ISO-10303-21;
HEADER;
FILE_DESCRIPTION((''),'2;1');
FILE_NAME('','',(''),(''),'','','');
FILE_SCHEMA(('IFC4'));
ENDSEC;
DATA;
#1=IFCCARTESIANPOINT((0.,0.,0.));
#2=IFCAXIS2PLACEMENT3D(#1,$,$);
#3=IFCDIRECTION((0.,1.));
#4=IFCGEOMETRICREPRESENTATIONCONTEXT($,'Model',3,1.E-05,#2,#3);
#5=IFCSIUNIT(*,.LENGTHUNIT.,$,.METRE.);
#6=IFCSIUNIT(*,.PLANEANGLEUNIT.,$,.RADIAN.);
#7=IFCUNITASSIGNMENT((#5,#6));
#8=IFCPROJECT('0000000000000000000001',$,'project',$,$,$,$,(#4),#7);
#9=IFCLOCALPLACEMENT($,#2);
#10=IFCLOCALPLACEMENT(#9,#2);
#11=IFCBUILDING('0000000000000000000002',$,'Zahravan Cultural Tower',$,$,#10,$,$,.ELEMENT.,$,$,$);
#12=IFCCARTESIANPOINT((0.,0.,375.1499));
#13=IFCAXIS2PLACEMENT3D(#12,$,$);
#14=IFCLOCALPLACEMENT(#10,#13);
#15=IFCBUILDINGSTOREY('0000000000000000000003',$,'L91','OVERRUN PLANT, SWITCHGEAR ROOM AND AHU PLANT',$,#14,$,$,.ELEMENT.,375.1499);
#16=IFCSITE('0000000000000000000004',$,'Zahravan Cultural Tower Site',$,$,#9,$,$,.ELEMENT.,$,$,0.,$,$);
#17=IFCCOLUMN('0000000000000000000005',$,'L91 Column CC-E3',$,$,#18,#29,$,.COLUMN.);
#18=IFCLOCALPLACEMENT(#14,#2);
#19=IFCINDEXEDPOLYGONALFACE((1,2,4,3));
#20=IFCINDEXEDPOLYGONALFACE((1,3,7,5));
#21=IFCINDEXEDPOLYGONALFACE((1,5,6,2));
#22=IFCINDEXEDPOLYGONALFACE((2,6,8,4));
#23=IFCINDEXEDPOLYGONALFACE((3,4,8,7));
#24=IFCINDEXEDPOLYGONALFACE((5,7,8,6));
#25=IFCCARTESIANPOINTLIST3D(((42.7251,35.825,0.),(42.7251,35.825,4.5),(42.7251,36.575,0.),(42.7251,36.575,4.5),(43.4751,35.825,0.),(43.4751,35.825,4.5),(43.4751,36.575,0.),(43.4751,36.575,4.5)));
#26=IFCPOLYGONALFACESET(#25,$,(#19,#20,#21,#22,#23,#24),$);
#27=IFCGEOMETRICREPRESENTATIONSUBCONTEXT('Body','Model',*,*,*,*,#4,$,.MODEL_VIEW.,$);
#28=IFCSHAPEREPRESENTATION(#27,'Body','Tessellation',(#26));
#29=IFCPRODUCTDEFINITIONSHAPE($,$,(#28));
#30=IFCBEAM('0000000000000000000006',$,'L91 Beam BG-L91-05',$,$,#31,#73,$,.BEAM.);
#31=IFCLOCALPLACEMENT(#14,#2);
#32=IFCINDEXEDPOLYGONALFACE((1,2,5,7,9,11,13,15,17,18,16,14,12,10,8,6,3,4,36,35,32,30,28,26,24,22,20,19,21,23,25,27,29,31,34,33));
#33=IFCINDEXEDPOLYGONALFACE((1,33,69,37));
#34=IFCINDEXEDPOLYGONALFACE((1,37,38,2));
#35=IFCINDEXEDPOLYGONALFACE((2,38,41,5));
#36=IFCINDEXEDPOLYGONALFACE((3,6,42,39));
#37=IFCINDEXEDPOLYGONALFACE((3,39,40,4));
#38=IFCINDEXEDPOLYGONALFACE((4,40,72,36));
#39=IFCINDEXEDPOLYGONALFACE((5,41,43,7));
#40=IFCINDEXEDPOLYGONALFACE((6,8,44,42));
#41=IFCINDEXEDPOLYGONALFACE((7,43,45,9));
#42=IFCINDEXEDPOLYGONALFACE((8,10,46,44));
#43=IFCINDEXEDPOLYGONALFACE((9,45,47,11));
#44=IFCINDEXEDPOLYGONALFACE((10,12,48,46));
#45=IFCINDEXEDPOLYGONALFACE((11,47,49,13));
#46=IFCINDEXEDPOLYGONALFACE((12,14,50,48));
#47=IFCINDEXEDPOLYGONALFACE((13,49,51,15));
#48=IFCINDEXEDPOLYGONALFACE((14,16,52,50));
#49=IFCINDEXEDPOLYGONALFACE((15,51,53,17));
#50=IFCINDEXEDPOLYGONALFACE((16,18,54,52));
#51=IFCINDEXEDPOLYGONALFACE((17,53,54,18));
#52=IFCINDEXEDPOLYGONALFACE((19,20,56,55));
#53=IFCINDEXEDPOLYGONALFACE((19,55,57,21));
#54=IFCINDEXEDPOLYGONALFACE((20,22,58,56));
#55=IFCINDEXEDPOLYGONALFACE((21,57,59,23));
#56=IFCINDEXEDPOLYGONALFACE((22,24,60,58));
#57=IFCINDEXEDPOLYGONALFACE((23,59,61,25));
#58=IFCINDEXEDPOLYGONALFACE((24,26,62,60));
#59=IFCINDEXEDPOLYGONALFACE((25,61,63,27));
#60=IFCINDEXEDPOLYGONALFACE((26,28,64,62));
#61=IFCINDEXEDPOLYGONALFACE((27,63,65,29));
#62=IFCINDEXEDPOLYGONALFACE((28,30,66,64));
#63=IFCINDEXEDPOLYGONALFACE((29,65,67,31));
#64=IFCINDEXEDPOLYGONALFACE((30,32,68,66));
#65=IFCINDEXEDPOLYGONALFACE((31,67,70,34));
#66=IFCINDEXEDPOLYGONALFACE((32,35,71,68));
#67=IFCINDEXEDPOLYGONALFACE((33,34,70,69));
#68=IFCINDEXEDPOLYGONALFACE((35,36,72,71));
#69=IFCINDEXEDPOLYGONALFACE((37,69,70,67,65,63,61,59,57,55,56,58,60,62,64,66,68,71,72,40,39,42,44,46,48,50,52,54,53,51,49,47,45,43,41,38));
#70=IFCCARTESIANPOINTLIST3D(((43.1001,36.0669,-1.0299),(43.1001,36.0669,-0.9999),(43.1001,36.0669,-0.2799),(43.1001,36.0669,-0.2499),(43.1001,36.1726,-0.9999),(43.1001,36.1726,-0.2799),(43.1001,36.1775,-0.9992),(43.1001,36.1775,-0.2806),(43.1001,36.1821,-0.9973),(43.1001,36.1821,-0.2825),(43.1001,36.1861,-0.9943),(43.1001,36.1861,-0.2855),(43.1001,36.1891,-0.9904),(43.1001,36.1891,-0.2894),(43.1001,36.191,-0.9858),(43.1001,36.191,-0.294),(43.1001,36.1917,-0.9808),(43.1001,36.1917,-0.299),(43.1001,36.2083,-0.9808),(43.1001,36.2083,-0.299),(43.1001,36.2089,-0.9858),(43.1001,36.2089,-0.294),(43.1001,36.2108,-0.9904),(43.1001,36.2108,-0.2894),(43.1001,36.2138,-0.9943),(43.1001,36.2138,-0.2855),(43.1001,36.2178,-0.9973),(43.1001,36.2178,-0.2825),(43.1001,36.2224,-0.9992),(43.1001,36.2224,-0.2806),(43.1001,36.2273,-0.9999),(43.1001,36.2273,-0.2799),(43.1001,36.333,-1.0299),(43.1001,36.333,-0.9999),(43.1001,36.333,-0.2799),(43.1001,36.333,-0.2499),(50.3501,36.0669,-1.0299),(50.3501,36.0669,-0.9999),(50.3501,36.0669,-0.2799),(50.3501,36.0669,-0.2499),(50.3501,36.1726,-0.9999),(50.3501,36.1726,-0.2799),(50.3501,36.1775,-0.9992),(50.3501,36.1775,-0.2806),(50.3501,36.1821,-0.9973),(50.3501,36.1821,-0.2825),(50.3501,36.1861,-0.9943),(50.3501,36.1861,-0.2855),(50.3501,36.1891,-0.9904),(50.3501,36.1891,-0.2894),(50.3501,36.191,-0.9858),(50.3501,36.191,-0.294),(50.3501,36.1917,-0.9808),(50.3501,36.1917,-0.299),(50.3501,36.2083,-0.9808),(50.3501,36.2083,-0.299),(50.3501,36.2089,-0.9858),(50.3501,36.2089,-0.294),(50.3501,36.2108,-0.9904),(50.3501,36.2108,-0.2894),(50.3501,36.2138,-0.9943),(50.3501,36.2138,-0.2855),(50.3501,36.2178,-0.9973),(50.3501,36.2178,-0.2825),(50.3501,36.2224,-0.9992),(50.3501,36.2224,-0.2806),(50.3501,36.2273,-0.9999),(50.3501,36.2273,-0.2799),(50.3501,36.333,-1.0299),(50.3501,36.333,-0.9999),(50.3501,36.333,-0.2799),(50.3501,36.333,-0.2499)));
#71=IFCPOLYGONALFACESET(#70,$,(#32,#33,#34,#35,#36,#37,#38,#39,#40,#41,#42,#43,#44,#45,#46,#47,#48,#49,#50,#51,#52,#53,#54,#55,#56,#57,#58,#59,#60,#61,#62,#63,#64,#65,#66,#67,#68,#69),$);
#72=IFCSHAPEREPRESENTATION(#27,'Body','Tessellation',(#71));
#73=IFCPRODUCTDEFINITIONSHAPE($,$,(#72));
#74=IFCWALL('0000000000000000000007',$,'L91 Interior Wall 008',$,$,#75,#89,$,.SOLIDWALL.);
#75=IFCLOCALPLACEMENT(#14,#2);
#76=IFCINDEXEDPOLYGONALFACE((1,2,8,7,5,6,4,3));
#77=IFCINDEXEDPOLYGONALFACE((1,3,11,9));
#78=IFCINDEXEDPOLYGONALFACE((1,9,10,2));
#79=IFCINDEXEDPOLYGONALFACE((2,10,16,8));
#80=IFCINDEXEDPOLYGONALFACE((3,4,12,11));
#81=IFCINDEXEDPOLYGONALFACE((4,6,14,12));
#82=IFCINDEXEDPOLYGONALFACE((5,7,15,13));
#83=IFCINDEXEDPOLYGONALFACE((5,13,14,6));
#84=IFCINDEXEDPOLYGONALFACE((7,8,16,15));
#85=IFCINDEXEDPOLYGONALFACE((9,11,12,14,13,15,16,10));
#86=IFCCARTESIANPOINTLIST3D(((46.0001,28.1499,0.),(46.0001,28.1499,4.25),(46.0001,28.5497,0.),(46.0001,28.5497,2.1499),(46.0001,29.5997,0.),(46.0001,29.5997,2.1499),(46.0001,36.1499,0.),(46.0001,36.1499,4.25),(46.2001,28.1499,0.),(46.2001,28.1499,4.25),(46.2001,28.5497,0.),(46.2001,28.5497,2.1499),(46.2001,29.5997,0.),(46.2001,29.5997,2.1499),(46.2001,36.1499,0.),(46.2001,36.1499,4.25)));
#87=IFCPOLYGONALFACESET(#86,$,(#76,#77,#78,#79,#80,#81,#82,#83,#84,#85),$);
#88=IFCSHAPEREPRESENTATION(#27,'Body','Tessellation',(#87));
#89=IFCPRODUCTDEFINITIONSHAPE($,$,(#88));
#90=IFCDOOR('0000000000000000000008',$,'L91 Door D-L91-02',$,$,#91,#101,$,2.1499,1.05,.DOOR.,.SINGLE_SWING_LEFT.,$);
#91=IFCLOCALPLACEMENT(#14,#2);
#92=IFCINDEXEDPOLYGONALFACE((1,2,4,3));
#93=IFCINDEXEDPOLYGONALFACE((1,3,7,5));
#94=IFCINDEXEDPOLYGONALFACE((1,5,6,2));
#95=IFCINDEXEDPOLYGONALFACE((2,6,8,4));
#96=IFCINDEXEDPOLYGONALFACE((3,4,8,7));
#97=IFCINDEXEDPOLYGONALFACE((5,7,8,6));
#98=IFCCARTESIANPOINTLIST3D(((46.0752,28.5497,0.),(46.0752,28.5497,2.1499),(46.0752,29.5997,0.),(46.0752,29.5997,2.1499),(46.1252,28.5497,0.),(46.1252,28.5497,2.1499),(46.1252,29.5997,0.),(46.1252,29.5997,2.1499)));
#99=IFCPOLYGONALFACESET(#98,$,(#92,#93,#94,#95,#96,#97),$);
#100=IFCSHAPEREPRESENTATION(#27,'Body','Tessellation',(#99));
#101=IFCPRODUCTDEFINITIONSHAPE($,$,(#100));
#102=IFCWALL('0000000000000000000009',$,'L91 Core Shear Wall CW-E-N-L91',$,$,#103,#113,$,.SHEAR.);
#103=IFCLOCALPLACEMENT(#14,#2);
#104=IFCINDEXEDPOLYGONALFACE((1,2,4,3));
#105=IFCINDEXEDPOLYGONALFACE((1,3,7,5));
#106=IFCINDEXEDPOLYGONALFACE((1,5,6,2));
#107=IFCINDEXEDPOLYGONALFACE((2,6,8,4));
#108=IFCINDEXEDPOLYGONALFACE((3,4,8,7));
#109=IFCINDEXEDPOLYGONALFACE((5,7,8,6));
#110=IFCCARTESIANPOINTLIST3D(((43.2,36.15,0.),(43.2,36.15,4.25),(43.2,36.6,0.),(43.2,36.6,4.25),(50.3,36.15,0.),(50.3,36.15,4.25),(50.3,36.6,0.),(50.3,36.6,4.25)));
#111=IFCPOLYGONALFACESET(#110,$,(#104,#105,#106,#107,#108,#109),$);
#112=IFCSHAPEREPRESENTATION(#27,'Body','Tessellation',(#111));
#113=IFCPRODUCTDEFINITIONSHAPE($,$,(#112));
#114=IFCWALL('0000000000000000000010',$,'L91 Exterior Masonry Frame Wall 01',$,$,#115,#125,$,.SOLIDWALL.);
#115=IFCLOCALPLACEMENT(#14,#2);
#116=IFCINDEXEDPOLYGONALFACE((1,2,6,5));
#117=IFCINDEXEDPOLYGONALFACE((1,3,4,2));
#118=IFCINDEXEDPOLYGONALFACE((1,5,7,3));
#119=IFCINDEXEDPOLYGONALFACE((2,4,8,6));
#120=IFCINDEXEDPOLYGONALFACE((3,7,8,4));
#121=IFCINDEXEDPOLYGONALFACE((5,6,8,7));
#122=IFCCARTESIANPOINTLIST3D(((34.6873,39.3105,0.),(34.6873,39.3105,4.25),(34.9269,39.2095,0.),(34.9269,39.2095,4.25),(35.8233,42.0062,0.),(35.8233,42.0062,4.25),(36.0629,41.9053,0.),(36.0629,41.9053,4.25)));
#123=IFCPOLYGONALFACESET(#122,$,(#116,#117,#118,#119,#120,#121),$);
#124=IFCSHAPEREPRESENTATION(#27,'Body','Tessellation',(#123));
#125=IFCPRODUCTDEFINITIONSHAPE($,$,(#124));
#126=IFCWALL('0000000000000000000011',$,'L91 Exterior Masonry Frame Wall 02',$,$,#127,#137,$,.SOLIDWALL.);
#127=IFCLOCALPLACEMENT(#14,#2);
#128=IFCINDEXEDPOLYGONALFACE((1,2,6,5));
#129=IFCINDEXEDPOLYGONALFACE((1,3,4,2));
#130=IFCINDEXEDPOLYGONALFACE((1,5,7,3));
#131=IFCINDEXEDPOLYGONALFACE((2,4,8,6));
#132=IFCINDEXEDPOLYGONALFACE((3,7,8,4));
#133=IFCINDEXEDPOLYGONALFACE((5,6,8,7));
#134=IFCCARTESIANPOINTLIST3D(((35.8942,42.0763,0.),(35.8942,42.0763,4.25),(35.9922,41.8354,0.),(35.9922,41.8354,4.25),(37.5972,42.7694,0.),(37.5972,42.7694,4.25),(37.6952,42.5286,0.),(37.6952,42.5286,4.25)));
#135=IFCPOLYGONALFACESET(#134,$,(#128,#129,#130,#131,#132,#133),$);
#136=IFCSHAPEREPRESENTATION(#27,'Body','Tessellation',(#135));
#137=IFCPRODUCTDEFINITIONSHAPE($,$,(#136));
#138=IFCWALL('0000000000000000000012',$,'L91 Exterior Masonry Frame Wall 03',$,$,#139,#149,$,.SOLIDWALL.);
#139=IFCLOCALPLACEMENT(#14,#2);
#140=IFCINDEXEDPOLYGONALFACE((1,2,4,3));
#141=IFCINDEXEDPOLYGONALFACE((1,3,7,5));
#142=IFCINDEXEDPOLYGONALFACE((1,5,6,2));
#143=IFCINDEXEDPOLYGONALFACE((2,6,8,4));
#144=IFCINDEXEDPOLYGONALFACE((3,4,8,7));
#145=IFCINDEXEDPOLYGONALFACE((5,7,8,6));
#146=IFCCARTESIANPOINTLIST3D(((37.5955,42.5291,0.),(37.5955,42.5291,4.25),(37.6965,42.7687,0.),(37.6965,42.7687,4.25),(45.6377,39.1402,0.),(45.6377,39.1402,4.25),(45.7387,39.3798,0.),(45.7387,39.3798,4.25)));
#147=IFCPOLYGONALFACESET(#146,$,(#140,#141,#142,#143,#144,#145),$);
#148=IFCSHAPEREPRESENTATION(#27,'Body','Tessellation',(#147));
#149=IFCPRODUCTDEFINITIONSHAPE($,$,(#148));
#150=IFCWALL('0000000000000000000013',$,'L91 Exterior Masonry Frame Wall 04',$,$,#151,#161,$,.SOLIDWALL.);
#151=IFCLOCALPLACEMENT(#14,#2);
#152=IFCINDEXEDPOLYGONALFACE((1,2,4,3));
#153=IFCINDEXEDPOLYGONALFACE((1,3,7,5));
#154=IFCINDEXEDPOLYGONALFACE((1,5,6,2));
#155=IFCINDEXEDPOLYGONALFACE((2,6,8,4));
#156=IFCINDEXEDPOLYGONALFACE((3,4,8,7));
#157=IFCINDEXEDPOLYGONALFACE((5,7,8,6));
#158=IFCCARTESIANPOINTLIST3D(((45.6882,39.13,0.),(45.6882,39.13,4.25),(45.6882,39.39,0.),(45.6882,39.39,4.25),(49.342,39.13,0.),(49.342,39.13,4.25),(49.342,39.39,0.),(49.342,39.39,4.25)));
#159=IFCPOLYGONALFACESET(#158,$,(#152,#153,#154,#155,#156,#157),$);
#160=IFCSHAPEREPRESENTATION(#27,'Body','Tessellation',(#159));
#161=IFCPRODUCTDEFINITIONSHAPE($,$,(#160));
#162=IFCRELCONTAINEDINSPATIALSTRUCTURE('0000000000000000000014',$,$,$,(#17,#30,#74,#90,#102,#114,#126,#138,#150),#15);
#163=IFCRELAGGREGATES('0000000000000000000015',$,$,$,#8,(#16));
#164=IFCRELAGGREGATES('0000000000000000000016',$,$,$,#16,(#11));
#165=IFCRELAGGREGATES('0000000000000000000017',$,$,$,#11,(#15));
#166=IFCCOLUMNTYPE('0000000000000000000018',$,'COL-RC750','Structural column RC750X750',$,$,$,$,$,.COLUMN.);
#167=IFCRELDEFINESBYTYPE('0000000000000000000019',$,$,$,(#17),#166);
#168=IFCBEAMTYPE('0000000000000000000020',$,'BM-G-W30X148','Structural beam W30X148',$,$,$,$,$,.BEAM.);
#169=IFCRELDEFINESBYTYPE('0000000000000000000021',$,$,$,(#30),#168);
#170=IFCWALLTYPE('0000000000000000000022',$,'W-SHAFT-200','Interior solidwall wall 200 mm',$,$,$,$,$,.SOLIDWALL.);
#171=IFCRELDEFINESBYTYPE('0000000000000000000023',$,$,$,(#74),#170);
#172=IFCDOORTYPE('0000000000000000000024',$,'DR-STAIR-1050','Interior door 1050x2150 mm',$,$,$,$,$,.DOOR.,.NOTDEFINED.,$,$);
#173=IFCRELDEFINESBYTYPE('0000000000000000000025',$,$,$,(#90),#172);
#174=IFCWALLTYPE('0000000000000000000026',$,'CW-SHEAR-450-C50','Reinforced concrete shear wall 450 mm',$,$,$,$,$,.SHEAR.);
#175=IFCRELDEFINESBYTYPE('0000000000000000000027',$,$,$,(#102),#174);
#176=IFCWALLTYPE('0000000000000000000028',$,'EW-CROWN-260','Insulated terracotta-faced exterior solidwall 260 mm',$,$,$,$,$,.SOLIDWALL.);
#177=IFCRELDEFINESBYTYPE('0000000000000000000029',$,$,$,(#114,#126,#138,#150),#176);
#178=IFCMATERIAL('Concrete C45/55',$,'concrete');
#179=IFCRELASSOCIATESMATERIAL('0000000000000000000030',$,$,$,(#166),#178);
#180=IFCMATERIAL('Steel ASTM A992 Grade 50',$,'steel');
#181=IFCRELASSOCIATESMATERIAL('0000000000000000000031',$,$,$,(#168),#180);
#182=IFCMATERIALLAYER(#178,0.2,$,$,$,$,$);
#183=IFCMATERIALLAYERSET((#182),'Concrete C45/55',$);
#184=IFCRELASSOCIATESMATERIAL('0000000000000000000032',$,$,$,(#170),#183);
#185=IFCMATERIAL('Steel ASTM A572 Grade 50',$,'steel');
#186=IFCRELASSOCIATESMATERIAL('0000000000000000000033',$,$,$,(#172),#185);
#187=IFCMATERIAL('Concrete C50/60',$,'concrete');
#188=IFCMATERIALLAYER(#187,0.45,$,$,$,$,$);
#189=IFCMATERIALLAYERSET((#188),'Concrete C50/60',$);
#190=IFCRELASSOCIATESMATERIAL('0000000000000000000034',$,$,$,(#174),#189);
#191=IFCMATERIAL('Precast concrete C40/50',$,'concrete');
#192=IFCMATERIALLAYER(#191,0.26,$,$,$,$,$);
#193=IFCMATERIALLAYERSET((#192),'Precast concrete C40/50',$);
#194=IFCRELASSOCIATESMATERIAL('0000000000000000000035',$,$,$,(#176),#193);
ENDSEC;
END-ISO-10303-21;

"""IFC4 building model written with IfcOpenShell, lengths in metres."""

from ifc_helpers import new_model, si_unit, direction, frame, frame_2d, origin, origin_2d, place, context, subcontext, project, spatial, rectangle, i_section, extrude, source, transform, mapped, material, layer, layer_set, material_profile, profile_set, type_object, element, fill, save


model = new_model("IFC4")

# Units and contexts
model_context = context("Model", 3, precision=1e-05, world=origin(), true_north=direction((0.0, 1.0)))
body_context = subcontext(model_context, "Body", "Model", "MODEL_VIEW")
ifc_project = project(units=[si_unit("LENGTHUNIT", "METRE"), si_unit("PLANEANGLEUNIT", "RADIAN")], contexts=[model_context])

# Site, building, storey
site_placement = place(None, origin())
site = spatial("IfcSite", under=ifc_project, at=site_placement, Name="Zahravan Cultural Tower Site", CompositionType="ELEMENT", RefElevation=0.0)
building_placement = place(site_placement, origin())
building = spatial("IfcBuilding", under=site, at=building_placement, Name="Zahravan Cultural Tower", CompositionType="ELEMENT")
storey_placement = place(building_placement, frame((0.0, 0.0, 375.1499)))
storey = spatial("IfcBuildingStorey", under=building, at=storey_placement, Name="L91", Description="OVERRUN PLANT, SWITCHGEAR ROOM AND AHU PLANT", CompositionType="ELEMENT", Elevation=375.1499)

# Column
ifc_material_1 = material(Name="Concrete C45/55", Category="concrete")
ifc_material_profile_1 = material_profile(ifc_material_1, rectangle(XDim=0.75, YDim=0.75, at=origin_2d()), Name="RC750X750")
ifc_profile_set_1 = profile_set([ifc_material_profile_1], Name="Concrete C45/55")
column_type = type_object("IfcColumnType", Name="COL-RC750", Description="Structural column RC750X750", PredefinedType="COLUMN", material=ifc_profile_set_1)
shared_shape_1 = source(origin(), body_context, "Body", "SweptSolid", [
    extrude(rectangle(XDim=0.75, YDim=0.75, at=origin_2d()), origin(), (0.0, 0.0, 1.0), 4.5),
])
column_placement = place(storey_placement, frame((43.1001, 36.2, 0.0), z_axis=(0.0, 0.0, 1.0), x_axis=(1.0, 0.0, 0.0)))
element("IfcColumn", 1, at=column_placement, inside=storey, type_object=column_type, Name="L91 Column CC-E3", PredefinedType="COLUMN", context=body_context, shape_type="MappedRepresentation", body=[
    mapped(shared_shape_1, transform((0.0, 0.0, 0.0), x_axis=(1.0, 0.0, 0.0), y_axis=(0.0, 1.0, 0.0), z_axis=(0.0, 0.0, 1.0), scale=1.0)),
])

# Beam
ifc_material_2 = material(Name="Steel ASTM A992 Grade 50", Category="steel")
ifc_material_profile_2 = material_profile(ifc_material_2, i_section(OverallWidth=0.2661, OverallDepth=0.78, WebThickness=0.0166, FlangeThickness=0.03, FilletRadius=0.019, at=origin_2d()), Name="W30X148")
ifc_profile_set_2 = profile_set([ifc_material_profile_2], Name="Steel ASTM A992 Grade 50")
beam_type = type_object("IfcBeamType", Name="BM-G-W30X148", Description="Structural beam W30X148", PredefinedType="BEAM", material=ifc_profile_set_2)
shared_shape_2 = source(origin(), body_context, "Body", "SweptSolid", [
    extrude(i_section(OverallWidth=0.2661, OverallDepth=0.78, WebThickness=0.0166, FlangeThickness=0.03, FilletRadius=0.019, at=origin_2d()), origin(), (0.0, 0.0, 1.0), 7.25),
])
beam_placement = place(storey_placement, frame((43.1001, 36.2, -0.6399), z_axis=(1.0, 0.0, 0.0), x_axis=(0.0, 1.0, 0.0)))
element("IfcBeam", 2, at=beam_placement, inside=storey, type_object=beam_type, Name="L91 Beam BG-L91-05", PredefinedType="BEAM", context=body_context, shape_type="MappedRepresentation", body=[
    mapped(shared_shape_2, transform((0.0, 0.0, 0.0), x_axis=(1.0, 0.0, 0.0), y_axis=(0.0, 1.0, 0.0), z_axis=(0.0, 0.0, 1.0), scale=1.0)),
])

# Wall, opening, door
ifc_material_3 = material(Name="Steel ASTM A572 Grade 50", Category="steel")
ifc_layer_1 = layer(ifc_material_1, 0.2)
ifc_layer_set_1 = layer_set([ifc_layer_1], Name="Concrete C45/55")
wall_type_1 = type_object("IfcWallType", Name="W-SHAFT-200", Description="Interior solidwall wall 200 mm", PredefinedType="SOLIDWALL", material=ifc_layer_set_1)
wall_1_placement = place(storey_placement, frame((46.1001, 28.1499, 0.0), z_axis=(0.0, 0.0, 1.0), x_axis=(0.0, 1.0, 0.0)))
wall_1 = element("IfcWall", 3, at=wall_1_placement, inside=storey, type_object=wall_type_1, Name="L91 Interior Wall 008", PredefinedType="SOLIDWALL", context=body_context, shape_type="SweptSolid", body=[
    extrude(rectangle(XDim=8.0, YDim=0.2, at=frame_2d((4.0, 0.0))), origin(), (0.0, 0.0, 1.0), 4.25),
])
opening_1_placement = place(wall_1_placement, frame((0.3999, 0.0, 0.0)))
opening_1 = element("IfcOpeningElement", 4, at=opening_1_placement, cuts=wall_1, PredefinedType="OPENING", context=body_context, shape_type="SweptSolid", body=[
    extrude(rectangle(XDim=1.05, YDim=2.1499, at=frame_2d((0.5249, 1.075))), frame((0.0, 0.1099, 0.0), z_axis=(0.0, -1.0, 0.0), x_axis=(1.0, 0.0, 0.0)), (0.0, 0.0, 1.0), 0.22),
])
door_type_1 = type_object("IfcDoorType", Name="DR-STAIR-1050", Description="Interior door 1050x2150 mm", OperationType="NOTDEFINED", PredefinedType="DOOR", material=ifc_material_3)
shared_shape_3 = source(origin(), body_context, "Body", "SweptSolid", [
    extrude(rectangle(XDim=1.05, YDim=2.1499, at=frame_2d((0.5249, 1.075))), frame((0.0, 0.0249, 0.0), z_axis=(0.0, -1.0, 0.0), x_axis=(1.0, 0.0, 0.0)), (0.0, 0.0, 1.0), 0.05),
])
door_1_placement = place(opening_1_placement, origin())
door_1 = element("IfcDoor", 5, at=door_1_placement, inside=storey, type_object=door_type_1, Name="L91 Door D-L91-02", OperationType="SINGLE_SWING_LEFT", OverallHeight=2.1499, OverallWidth=1.05, PredefinedType="DOOR", context=body_context, shape_type="MappedRepresentation", body=[
    mapped(shared_shape_3, transform((0.0, 0.0, 0.0), x_axis=(1.0, 0.0, 0.0), y_axis=(0.0, 1.0, 0.0), z_axis=(0.0, 0.0, 1.0), scale=1.0)),
])
fill(opening_1, door_1)

# Walls
ifc_material_4 = material(Name="Concrete C50/60", Category="concrete")
ifc_layer_2 = layer(ifc_material_4, 0.45)
ifc_layer_set_2 = layer_set([ifc_layer_2], Name="Concrete C50/60")
wall_type_2 = type_object("IfcWallType", Name="CW-SHEAR-450-C50", Description="Reinforced concrete shear wall 450 mm", PredefinedType="SHEAR", material=ifc_layer_set_2)
shared_shape_4 = source(origin(), body_context, "Body", "SweptSolid", [
    extrude(rectangle(XDim=7.1001, YDim=0.45, at=frame_2d((3.55, 0.0))), origin(), (0.0, 0.0, 1.0), 4.25),
])
wall_2_placement = place(storey_placement, frame((43.2, 36.375, 0.0), z_axis=(0.0, 0.0, 1.0), x_axis=(1.0, 0.0, 0.0)))
element("IfcWall", 6, at=wall_2_placement, inside=storey, type_object=wall_type_2, Name="L91 Core Shear Wall CW-E-N-L91", PredefinedType="SHEAR", context=body_context, shape_type="MappedRepresentation", body=[
    mapped(shared_shape_4, transform((0.0, 0.0, 0.0), x_axis=(1.0, 0.0, 0.0), y_axis=(0.0, 1.0, 0.0), z_axis=(0.0, 0.0, 1.0), scale=1.0)),
])
ifc_material_5 = material(Name="Precast concrete C40/50", Category="concrete")
ifc_layer_3 = layer(ifc_material_5, 0.26)
ifc_layer_set_3 = layer_set([ifc_layer_3], Name="Precast concrete C40/50")
wall_type_3 = type_object("IfcWallType", Name="EW-CROWN-260", Description="Insulated terracotta-faced exterior solidwall 260 mm", PredefinedType="SOLIDWALL", material=ifc_layer_set_3)
shared_shape_5 = source(origin(), body_context, "Body", "SweptSolid", [
    extrude(rectangle(XDim=2.9253, YDim=0.26, at=frame_2d((1.4626, 0.0))), origin(), (0.0, 0.0, 1.0), 4.25),
])
wall_3_placement = place(storey_placement, frame((34.8071, 39.26, 0.0), z_axis=(0.0, 0.0, 1.0), x_axis=(0.388322, 0.921524, 0.0)))
element("IfcWall", 7, at=wall_3_placement, inside=storey, type_object=wall_type_3, Name="L91 Exterior Masonry Frame Wall 01", PredefinedType="SOLIDWALL", context=body_context, shape_type="MappedRepresentation", body=[
    mapped(shared_shape_5, transform((0.0, 0.0, 0.0), x_axis=(1.0, 0.0, 0.0), y_axis=(0.0, 1.0, 0.0), z_axis=(0.0, 0.0, 1.0), scale=1.0)),
])
shared_shape_6 = source(origin(), body_context, "Body", "SweptSolid", [
    extrude(rectangle(XDim=1.8386, YDim=0.26, at=frame_2d((0.9194, 0.0))), origin(), (0.0, 0.0, 1.0), 4.25),
])
wall_4_placement = place(storey_placement, frame((35.9431, 41.9558, 0.0), z_axis=(0.0, 0.0, 1.0), x_axis=(0.926216, 0.376993, 0.0)))
element("IfcWall", 8, at=wall_4_placement, inside=storey, type_object=wall_type_3, Name="L91 Exterior Masonry Frame Wall 02", PredefinedType="SOLIDWALL", context=body_context, shape_type="MappedRepresentation", body=[
    mapped(shared_shape_6, transform((0.0, 0.0, 0.0), x_axis=(1.0, 0.0, 0.0), y_axis=(0.0, 1.0, 0.0), z_axis=(0.0, 0.0, 1.0), scale=1.0)),
])
shared_shape_7 = source(origin(), body_context, "Body", "SweptSolid", [
    extrude(rectangle(XDim=8.7271, YDim=0.26, at=frame_2d((4.3635, 0.0))), origin(), (0.0, 0.0, 1.0), 4.25),
])
wall_5_placement = place(storey_placement, frame((37.646, 42.6489, 0.0), z_axis=(0.0, 0.0, 1.0), x_axis=(0.921524, -0.388321, 0.0)))
element("IfcWall", 9, at=wall_5_placement, inside=storey, type_object=wall_type_3, Name="L91 Exterior Masonry Frame Wall 03", PredefinedType="SOLIDWALL", context=body_context, shape_type="MappedRepresentation", body=[
    mapped(shared_shape_7, transform((0.0, 0.0, 0.0), x_axis=(1.0, 0.0, 0.0), y_axis=(0.0, 1.0, 0.0), z_axis=(0.0, 0.0, 1.0), scale=1.0)),
])
shared_shape_8 = source(origin(), body_context, "Body", "SweptSolid", [
    extrude(rectangle(XDim=3.6538, YDim=0.26, at=frame_2d((1.8269, 0.0))), origin(), (0.0, 0.0, 1.0), 4.25),
])
wall_6_placement = place(storey_placement, frame((45.6882, 39.26, 0.0), z_axis=(0.0, 0.0, 1.0), x_axis=(1.0, 0.0, 0.0)))
element("IfcWall", 10, at=wall_6_placement, inside=storey, type_object=wall_type_3, Name="L91 Exterior Masonry Frame Wall 04", PredefinedType="SOLIDWALL", context=body_context, shape_type="MappedRepresentation", body=[
    mapped(shared_shape_8, transform((0.0, 0.0, 0.0), x_axis=(1.0, 0.0, 0.0), y_axis=(0.0, 1.0, 0.0), z_axis=(0.0, 0.0, 1.0), scale=1.0)),
])

save(model, "model.ifc")
